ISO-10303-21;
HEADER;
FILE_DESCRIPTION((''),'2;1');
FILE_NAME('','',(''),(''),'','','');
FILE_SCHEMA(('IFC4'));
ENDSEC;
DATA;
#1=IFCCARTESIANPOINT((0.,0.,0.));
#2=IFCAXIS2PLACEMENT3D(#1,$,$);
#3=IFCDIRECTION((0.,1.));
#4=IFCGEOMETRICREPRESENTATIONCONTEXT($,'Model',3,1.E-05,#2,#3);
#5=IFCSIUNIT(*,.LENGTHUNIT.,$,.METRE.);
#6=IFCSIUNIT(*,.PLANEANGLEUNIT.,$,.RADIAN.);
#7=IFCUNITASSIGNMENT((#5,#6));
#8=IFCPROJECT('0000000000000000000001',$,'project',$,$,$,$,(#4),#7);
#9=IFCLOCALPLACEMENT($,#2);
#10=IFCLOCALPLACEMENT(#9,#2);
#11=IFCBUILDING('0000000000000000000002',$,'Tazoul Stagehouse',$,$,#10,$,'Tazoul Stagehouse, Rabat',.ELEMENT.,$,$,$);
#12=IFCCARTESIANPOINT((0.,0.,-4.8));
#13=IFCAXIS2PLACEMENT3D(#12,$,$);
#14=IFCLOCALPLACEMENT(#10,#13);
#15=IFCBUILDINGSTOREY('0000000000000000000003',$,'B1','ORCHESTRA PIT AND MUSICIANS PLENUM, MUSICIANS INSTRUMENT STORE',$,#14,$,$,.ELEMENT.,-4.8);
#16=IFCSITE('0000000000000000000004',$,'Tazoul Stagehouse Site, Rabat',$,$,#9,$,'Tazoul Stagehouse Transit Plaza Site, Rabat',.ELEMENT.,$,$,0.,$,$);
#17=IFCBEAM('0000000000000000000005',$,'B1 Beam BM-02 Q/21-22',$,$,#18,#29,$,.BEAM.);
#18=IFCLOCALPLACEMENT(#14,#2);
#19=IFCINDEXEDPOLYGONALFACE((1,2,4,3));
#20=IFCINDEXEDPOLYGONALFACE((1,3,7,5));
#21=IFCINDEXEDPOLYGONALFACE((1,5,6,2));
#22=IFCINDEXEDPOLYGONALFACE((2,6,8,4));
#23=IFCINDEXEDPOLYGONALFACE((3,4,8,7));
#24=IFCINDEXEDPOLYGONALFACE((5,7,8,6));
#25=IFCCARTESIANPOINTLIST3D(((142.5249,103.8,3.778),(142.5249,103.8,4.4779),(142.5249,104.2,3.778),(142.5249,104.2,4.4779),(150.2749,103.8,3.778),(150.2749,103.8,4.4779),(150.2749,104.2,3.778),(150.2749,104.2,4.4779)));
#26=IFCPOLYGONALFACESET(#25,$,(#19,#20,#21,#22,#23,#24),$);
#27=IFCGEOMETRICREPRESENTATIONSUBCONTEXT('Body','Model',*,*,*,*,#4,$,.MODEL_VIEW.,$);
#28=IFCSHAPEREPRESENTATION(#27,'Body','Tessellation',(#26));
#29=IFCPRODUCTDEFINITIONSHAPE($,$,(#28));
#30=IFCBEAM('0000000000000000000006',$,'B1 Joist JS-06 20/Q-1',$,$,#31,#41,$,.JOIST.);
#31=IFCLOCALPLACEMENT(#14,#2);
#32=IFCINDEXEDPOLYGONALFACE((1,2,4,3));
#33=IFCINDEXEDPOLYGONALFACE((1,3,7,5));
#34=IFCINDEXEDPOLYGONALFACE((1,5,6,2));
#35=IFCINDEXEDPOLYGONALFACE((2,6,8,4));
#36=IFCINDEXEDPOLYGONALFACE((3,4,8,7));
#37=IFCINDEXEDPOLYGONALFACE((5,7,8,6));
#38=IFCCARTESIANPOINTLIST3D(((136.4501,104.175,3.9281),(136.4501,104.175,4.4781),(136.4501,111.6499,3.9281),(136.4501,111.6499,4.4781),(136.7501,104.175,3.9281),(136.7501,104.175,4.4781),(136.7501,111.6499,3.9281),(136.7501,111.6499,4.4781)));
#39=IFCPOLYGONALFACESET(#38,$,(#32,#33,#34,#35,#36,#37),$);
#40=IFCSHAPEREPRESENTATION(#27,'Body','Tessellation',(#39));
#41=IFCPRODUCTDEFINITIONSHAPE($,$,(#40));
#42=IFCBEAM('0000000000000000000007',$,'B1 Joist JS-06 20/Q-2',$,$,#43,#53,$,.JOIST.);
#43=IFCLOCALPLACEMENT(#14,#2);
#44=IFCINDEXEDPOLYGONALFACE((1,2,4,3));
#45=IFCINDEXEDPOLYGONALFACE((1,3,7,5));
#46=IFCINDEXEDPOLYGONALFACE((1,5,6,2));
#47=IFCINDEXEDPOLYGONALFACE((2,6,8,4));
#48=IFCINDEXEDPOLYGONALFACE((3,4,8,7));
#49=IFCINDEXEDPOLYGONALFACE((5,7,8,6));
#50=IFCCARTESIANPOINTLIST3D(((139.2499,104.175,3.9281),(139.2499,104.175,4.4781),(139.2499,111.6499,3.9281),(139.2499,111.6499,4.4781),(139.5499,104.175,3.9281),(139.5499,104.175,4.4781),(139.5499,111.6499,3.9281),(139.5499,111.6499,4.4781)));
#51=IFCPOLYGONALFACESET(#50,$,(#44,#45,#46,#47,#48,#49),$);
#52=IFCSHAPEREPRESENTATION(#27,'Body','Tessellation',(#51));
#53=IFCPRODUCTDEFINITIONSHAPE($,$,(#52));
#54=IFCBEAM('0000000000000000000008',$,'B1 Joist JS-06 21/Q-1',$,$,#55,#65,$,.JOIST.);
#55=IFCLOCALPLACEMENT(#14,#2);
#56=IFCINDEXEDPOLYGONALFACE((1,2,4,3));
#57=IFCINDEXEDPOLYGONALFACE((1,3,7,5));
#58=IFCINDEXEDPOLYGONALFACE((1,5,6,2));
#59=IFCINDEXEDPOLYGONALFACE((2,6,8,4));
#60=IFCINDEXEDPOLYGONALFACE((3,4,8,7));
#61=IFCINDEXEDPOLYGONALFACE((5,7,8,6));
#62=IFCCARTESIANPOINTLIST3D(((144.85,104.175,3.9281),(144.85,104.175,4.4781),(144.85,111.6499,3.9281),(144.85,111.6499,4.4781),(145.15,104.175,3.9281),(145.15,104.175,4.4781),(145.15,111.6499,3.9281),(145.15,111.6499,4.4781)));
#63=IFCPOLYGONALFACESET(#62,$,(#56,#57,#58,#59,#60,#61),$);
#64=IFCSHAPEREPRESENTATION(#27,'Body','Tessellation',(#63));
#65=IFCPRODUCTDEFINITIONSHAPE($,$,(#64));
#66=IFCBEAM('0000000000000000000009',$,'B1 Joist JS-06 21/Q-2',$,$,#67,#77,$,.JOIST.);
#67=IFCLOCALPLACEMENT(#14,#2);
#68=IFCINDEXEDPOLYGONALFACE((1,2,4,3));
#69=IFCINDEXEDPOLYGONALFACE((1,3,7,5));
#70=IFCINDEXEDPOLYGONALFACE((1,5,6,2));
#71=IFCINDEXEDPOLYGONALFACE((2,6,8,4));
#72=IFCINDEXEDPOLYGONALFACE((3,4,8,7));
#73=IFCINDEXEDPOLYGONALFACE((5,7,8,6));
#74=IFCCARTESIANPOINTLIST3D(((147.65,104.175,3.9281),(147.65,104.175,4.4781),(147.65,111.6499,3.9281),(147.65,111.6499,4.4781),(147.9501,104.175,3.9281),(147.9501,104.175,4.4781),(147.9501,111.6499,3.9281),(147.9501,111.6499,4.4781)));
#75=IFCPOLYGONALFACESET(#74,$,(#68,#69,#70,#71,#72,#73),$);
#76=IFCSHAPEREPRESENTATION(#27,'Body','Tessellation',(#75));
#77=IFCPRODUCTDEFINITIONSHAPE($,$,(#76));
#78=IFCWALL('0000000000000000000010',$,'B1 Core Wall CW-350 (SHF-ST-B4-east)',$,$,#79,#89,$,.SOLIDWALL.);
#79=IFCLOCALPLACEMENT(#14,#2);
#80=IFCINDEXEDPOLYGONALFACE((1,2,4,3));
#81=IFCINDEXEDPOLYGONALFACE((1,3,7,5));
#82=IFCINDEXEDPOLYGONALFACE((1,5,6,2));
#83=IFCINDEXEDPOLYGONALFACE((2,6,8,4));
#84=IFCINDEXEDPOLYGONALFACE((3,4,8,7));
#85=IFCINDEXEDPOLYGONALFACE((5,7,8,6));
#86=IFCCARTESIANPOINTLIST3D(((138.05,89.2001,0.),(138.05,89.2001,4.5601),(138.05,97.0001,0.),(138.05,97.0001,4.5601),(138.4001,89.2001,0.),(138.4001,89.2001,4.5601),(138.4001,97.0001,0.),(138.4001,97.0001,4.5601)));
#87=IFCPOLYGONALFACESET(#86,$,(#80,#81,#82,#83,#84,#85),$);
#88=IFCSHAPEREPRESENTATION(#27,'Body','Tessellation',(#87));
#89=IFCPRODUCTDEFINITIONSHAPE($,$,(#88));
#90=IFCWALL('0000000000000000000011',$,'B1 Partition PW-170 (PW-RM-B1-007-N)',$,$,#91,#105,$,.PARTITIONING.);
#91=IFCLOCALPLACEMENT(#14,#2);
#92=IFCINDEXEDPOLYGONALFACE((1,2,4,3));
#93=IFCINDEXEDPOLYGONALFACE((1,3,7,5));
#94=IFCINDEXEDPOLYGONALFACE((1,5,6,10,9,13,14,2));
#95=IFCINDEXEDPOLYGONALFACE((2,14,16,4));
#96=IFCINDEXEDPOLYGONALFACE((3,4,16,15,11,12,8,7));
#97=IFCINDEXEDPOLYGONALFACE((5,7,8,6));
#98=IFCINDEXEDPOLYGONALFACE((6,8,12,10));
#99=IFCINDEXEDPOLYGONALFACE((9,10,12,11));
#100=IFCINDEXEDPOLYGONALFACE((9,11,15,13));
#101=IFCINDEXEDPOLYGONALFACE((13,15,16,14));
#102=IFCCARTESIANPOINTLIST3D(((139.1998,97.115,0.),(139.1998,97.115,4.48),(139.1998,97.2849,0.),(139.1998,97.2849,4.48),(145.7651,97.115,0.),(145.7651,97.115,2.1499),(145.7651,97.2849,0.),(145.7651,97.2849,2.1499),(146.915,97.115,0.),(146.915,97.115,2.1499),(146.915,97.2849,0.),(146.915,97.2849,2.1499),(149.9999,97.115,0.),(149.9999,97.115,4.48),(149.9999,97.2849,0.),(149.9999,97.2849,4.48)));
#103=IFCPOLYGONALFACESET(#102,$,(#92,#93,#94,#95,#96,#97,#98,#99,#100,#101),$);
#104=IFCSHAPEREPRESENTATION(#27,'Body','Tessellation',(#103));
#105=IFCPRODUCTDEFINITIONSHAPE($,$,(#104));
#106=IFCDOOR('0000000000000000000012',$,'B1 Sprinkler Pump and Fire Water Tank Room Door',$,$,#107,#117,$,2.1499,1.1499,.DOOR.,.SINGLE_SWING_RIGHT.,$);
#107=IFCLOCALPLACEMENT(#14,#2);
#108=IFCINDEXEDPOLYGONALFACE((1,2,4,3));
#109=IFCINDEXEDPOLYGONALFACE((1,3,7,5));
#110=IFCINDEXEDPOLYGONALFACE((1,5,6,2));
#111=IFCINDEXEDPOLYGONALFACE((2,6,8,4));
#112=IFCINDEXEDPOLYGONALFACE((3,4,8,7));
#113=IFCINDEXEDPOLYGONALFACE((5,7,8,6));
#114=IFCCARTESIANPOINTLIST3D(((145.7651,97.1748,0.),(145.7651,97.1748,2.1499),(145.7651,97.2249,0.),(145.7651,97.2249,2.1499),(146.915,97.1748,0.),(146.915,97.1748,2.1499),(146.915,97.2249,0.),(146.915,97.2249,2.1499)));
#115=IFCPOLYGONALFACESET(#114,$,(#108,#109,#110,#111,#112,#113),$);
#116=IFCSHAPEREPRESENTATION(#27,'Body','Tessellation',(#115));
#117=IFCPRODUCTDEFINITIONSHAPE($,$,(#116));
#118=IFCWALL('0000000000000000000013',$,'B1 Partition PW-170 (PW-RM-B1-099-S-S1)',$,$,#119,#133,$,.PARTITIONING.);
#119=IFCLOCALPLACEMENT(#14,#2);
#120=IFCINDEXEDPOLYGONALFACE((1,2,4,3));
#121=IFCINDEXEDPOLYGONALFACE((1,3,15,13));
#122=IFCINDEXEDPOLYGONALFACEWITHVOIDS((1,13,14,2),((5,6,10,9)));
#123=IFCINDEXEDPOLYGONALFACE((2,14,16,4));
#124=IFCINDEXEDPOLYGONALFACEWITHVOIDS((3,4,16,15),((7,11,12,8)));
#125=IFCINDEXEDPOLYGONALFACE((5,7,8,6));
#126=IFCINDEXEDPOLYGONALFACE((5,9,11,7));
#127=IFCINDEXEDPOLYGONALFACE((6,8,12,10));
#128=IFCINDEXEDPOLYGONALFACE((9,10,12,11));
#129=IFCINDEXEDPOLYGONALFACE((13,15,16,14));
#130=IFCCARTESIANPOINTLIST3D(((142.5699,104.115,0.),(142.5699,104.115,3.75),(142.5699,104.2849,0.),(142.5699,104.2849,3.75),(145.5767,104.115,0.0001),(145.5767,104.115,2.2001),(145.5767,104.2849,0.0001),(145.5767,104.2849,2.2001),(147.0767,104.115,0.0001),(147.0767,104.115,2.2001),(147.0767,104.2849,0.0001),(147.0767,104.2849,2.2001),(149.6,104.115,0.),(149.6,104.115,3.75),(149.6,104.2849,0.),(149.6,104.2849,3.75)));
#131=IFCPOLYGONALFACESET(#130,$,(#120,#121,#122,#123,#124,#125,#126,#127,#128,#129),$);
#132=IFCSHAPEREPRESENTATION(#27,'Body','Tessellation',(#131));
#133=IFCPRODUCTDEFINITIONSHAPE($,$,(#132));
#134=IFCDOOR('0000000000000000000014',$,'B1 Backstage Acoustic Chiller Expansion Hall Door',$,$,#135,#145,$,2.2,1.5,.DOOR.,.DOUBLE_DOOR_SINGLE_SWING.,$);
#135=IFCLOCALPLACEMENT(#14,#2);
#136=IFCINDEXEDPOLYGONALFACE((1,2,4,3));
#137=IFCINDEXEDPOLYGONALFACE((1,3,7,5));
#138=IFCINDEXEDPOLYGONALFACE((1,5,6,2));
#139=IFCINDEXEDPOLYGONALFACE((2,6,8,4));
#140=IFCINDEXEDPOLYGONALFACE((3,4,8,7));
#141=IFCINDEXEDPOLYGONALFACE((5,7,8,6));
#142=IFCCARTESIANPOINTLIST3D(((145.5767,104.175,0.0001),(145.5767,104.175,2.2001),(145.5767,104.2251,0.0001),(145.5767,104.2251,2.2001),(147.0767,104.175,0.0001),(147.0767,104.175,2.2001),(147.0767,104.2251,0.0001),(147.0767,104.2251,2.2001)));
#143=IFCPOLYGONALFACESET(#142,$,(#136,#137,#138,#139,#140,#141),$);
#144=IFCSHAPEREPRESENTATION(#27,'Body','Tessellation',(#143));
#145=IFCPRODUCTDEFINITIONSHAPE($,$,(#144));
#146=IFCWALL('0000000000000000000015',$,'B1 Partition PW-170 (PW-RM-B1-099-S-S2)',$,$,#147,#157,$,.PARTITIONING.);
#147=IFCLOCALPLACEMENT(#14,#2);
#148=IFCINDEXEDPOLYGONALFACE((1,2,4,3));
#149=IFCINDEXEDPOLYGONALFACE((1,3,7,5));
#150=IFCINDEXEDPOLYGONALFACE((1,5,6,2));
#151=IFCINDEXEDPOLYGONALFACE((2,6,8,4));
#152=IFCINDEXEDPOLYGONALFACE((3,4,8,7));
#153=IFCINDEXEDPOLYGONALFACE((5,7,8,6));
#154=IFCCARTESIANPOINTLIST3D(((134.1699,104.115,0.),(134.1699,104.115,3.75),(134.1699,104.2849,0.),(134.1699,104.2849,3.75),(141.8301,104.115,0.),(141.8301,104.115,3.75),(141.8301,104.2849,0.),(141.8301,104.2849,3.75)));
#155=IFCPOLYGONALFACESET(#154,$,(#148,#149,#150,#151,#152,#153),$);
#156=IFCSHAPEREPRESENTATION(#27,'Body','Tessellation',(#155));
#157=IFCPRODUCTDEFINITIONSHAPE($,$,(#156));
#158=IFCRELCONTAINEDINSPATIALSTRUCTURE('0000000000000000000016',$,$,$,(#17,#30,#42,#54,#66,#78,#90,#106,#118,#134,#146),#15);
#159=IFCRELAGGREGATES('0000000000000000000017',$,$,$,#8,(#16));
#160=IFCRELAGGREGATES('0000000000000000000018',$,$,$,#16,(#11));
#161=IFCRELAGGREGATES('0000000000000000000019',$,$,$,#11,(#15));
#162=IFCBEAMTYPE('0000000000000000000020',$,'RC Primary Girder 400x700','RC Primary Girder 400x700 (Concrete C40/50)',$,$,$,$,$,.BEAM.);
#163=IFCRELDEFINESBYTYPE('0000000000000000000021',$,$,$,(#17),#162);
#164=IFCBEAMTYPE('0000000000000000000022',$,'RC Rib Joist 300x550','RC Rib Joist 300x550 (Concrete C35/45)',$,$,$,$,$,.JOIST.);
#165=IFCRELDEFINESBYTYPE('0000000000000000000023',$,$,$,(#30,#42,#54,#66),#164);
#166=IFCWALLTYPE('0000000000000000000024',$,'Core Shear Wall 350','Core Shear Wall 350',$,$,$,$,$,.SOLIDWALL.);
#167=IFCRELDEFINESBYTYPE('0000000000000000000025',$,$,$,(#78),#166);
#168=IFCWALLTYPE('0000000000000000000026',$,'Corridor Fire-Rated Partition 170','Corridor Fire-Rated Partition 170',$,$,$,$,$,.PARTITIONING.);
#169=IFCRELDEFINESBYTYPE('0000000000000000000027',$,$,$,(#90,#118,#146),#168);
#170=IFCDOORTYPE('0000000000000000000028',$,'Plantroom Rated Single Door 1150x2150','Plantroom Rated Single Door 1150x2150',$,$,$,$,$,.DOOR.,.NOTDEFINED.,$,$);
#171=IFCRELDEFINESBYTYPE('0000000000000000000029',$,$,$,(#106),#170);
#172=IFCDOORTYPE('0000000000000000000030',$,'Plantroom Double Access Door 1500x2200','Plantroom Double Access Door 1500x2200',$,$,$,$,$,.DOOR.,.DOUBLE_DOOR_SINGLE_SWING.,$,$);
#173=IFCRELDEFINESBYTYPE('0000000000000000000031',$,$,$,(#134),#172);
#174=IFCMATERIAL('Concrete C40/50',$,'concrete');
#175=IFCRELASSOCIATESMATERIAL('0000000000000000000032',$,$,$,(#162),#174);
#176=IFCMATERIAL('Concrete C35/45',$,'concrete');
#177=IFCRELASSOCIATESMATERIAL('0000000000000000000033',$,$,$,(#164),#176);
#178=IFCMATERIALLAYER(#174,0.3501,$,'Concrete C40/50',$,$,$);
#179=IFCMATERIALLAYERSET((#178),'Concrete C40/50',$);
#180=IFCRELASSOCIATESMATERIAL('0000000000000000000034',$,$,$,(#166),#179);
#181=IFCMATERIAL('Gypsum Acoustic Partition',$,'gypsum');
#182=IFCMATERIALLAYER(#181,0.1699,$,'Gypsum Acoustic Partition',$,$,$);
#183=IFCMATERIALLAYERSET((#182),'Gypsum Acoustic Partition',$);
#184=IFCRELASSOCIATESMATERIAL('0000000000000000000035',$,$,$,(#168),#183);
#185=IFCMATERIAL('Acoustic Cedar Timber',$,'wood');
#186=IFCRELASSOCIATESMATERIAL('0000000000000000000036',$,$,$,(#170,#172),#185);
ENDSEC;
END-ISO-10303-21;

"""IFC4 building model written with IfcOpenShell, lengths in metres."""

from ifc_helpers import new_model, si_unit, direction, frame, frame_2d, origin, origin_2d, place, context, subcontext, project, spatial, rectangle, extrude, material, layer, layer_set, material_profile, profile_set, type_object, element, fill, save


model = new_model("IFC4")

# Units and contexts
model_context = context("Model", 3, precision=1e-05, world=origin(), true_north=direction((0.0, 1.0)))
body_context = subcontext(model_context, "Body", "Model", "MODEL_VIEW")
ifc_project = project(units=[si_unit("LENGTHUNIT", "METRE"), si_unit("PLANEANGLEUNIT", "RADIAN")], contexts=[model_context])

# Site, building, storey
site_placement = place(None, origin())
site = spatial("IfcSite", under=ifc_project, at=site_placement, Name="Tazoul Stagehouse Site, Rabat", LongName="Tazoul Stagehouse Transit Plaza Site, Rabat", CompositionType="ELEMENT", RefElevation=0.0)
building_placement = place(site_placement, origin())
building = spatial("IfcBuilding", under=site, at=building_placement, Name="Tazoul Stagehouse", LongName="Tazoul Stagehouse, Rabat", CompositionType="ELEMENT")
storey_placement = place(building_placement, frame((0.0, 0.0, -4.8)))
storey = spatial("IfcBuildingStorey", under=building, at=storey_placement, Name="B1", Description="ORCHESTRA PIT AND MUSICIANS PLENUM, MUSICIANS INSTRUMENT STORE", CompositionType="ELEMENT", Elevation=-4.8)

# Shared definitions
ifc_material_1 = material(Name="Concrete C35/45", Category="concrete")

# Shared definitions
ifc_material_2 = material(Name="Concrete C40/50", Category="concrete")

# Beams
ifc_material_profile_1 = material_profile(ifc_material_2, rectangle(XDim=0.3999, YDim=0.7, at=origin_2d()), Name="RC 400x700")
ifc_profile_set_1 = profile_set([ifc_material_profile_1], Name="Concrete C40/50")
beam_type_1 = type_object("IfcBeamType", Name="RC Primary Girder 400x700", Description="RC Primary Girder 400x700 (Concrete C40/50)", PredefinedType="BEAM", material=ifc_profile_set_1)
beam_1_placement = place(storey_placement, frame((142.5249, 104.0, 4.1279), z_axis=(1.0, 0.0, 0.0), x_axis=(0.0, 1.0, 0.0)))
element("IfcBeam", 1, at=beam_1_placement, inside=storey, type_object=beam_type_1, Name="B1 Beam BM-02 Q/21-22", PredefinedType="BEAM", context=body_context, shape_type="SweptSolid", body=[
    extrude(rectangle(XDim=0.3999, YDim=0.7, at=origin_2d()), origin(), (0.0, 0.0, 1.0), 7.75),
])
ifc_material_profile_2 = material_profile(ifc_material_1, rectangle(XDim=0.3, YDim=0.55, at=origin_2d()), Name="RC 300x550")
ifc_profile_set_2 = profile_set([ifc_material_profile_2], Name="Concrete C35/45")
beam_type_2 = type_object("IfcBeamType", Name="RC Rib Joist 300x550", Description="RC Rib Joist 300x550 (Concrete C35/45)", PredefinedType="JOIST", material=ifc_profile_set_2)
for number, where, z_axis, x_axis, name in (
    (2, (136.6001, 104.175, 4.2031), (0.0, 1.0, 0.0), (-1.0, 0.0, 0.0), "B1 Joist JS-06 20/Q-1"),
    (3, (139.3999, 104.175, 4.2031), (0.0, 1.0, 0.0), (-1.0, 0.0, 0.0), "B1 Joist JS-06 20/Q-2"),
    (4, (145.0, 104.175, 4.2031), (0.0, 1.0, 0.0), (-1.0, 0.0, 0.0), "B1 Joist JS-06 21/Q-1"),
    (5, (147.8, 104.175, 4.2031), (0.0, 1.0, 0.0), (-1.0, 0.0, 0.0), "B1 Joist JS-06 21/Q-2"),
):
    element("IfcBeam", number, at=place(storey_placement, frame(where, z_axis=z_axis, x_axis=x_axis)), inside=storey, type_object=beam_type_2, Name=name, PredefinedType="JOIST", context=body_context, shape_type="SweptSolid", body=[
        extrude(rectangle(XDim=0.3, YDim=0.55, at=origin_2d()), origin(), (0.0, 0.0, 1.0), 7.4749),
    ])

# Wall
ifc_layer_1 = layer(ifc_material_2, 0.3501, Name="Concrete C40/50")
ifc_layer_set_1 = layer_set([ifc_layer_1], Name="Concrete C40/50")
wall_type_1 = type_object("IfcWallType", Name="Core Shear Wall 350", Description="Core Shear Wall 350", PredefinedType="SOLIDWALL", material=ifc_layer_set_1)
wall_1_placement = place(storey_placement, frame((138.2251, 97.0, 0.0), z_axis=(0.0, 0.0, 1.0), x_axis=(0.0, -1.0, 0.0)))
element("IfcWall", 6, at=wall_1_placement, inside=storey, type_object=wall_type_1, Name="B1 Core Wall CW-350 (SHF-ST-B4-east)", PredefinedType="SOLIDWALL", context=body_context, shape_type="SweptSolid", body=[
    extrude(rectangle(XDim=7.8, YDim=0.3501, at=frame_2d((3.8999, 0.0))), origin(), (0.0, 0.0, 1.0), 4.5601),
])

# Walls, openings, doors
ifc_material_3 = material(Name="Gypsum Acoustic Partition", Category="gypsum")
ifc_layer_2 = layer(ifc_material_3, 0.1699, Name="Gypsum Acoustic Partition")
ifc_layer_set_2 = layer_set([ifc_layer_2], Name="Gypsum Acoustic Partition")
wall_type_2 = type_object("IfcWallType", Name="Corridor Fire-Rated Partition 170", Description="Corridor Fire-Rated Partition 170", PredefinedType="PARTITIONING", material=ifc_layer_set_2)
wall_2_placement = place(storey_placement, frame((139.2, 97.2, 0.0), z_axis=(0.0, 0.0, 1.0), x_axis=(1.0, 0.0, 0.0)))
wall_2 = element("IfcWall", 7, at=wall_2_placement, inside=storey, type_object=wall_type_2, Name="B1 Partition PW-170 (PW-RM-B1-007-N)", PredefinedType="PARTITIONING", context=body_context, shape_type="SweptSolid", body=[
    extrude(rectangle(XDim=10.8, YDim=0.1699, at=frame_2d((5.3999, 0.0))), origin(), (0.0, 0.0, 1.0), 4.48),
])
opening_1_placement = place(wall_2_placement, frame((6.5652, 0.0, 0.0)))
opening_1 = element("IfcOpeningElement", 8, at=opening_1_placement, cuts=wall_2, PredefinedType="OPENING", context=body_context, shape_type="SweptSolid", body=[
    extrude(rectangle(XDim=1.1499, YDim=2.1499, at=frame_2d((0.575, 1.075))), frame((0.0, 0.105, 0.0), z_axis=(0.0, -1.0, 0.0), x_axis=(1.0, 0.0, 0.0)), (0.0, 0.0, 1.0), 0.21),
])
ifc_material_4 = material(Name="Acoustic Cedar Timber", Category="wood")
door_type_1 = type_object("IfcDoorType", Name="Plantroom Rated Single Door 1150x2150", Description="Plantroom Rated Single Door 1150x2150", OperationType="NOTDEFINED", PredefinedType="DOOR", material=ifc_material_4)
door_1_placement = place(opening_1_placement, origin())
door_1 = element("IfcDoor", 9, at=door_1_placement, inside=storey, type_object=door_type_1, Name="B1 Sprinkler Pump and Fire Water Tank Room Door", OperationType="SINGLE_SWING_RIGHT", OverallHeight=2.1499, OverallWidth=1.1499, PredefinedType="DOOR", context=body_context, shape_type="SweptSolid", body=[
    extrude(rectangle(XDim=1.1499, YDim=2.1499, at=frame_2d((0.575, 1.075))), frame((0.0, 0.0249, 0.0), z_axis=(0.0, -1.0, 0.0), x_axis=(1.0, 0.0, 0.0)), (0.0, 0.0, 1.0), 0.05),
])
fill(opening_1, door_1)
wall_3_placement = place(storey_placement, frame((149.6001, 104.2, 0.0), z_axis=(0.0, 0.0, 1.0), x_axis=(-1.0, 0.0, 0.0)))
wall_3 = element("IfcWall", 10, at=wall_3_placement, inside=storey, type_object=wall_type_2, Name="B1 Partition PW-170 (PW-RM-B1-099-S-S1)", PredefinedType="PARTITIONING", context=body_context, shape_type="SweptSolid", body=[
    extrude(rectangle(XDim=7.03, YDim=0.1699, at=frame_2d((3.5151, 0.0))), origin(), (0.0, 0.0, 1.0), 3.75),
])
opening_2_placement = place(wall_3_placement, frame((2.5234, 0.0, 0.0)))
opening_2 = element("IfcOpeningElement", 11, at=opening_2_placement, cuts=wall_3, PredefinedType="OPENING", context=body_context, shape_type="SweptSolid", body=[
    extrude(rectangle(XDim=1.5, YDim=2.2, at=frame_2d((0.75, 1.1001))), frame((0.0, 0.105, 0.0), z_axis=(0.0, -1.0, 0.0), x_axis=(1.0, 0.0, 0.0)), (0.0, 0.0, 1.0), 0.21),
])
door_type_2 = type_object("IfcDoorType", Name="Plantroom Double Access Door 1500x2200", Description="Plantroom Double Access Door 1500x2200", OperationType="DOUBLE_DOOR_SINGLE_SWING", PredefinedType="DOOR", material=ifc_material_4)
door_2_placement = place(opening_2_placement, origin())
door_2 = element("IfcDoor", 12, at=door_2_placement, inside=storey, type_object=door_type_2, Name="B1 Backstage Acoustic Chiller Expansion Hall Door", OperationType="DOUBLE_DOOR_SINGLE_SWING", OverallHeight=2.2, OverallWidth=1.5, PredefinedType="DOOR", context=body_context, shape_type="SweptSolid", body=[
    extrude(rectangle(XDim=1.5, YDim=2.2, at=frame_2d((0.75, 1.1001))), frame((0.0, 0.0249, 0.0), z_axis=(0.0, -1.0, 0.0), x_axis=(1.0, 0.0, 0.0)), (0.0, 0.0, 1.0), 0.05),
])
fill(opening_2, door_2)

# Wall
wall_4_placement = place(storey_placement, frame((141.8301, 104.2, 0.0), z_axis=(0.0, 0.0, 1.0), x_axis=(-1.0, 0.0, 0.0)))
element("IfcWall", 13, at=wall_4_placement, inside=storey, type_object=wall_type_2, Name="B1 Partition PW-170 (PW-RM-B1-099-S-S2)", PredefinedType="PARTITIONING", context=body_context, shape_type="SweptSolid", body=[
    extrude(rectangle(XDim=7.6602, YDim=0.1699, at=frame_2d((3.8301, 0.0))), origin(), (0.0, 0.0, 1.0), 3.75),
])

save(model, "model.ifc")
